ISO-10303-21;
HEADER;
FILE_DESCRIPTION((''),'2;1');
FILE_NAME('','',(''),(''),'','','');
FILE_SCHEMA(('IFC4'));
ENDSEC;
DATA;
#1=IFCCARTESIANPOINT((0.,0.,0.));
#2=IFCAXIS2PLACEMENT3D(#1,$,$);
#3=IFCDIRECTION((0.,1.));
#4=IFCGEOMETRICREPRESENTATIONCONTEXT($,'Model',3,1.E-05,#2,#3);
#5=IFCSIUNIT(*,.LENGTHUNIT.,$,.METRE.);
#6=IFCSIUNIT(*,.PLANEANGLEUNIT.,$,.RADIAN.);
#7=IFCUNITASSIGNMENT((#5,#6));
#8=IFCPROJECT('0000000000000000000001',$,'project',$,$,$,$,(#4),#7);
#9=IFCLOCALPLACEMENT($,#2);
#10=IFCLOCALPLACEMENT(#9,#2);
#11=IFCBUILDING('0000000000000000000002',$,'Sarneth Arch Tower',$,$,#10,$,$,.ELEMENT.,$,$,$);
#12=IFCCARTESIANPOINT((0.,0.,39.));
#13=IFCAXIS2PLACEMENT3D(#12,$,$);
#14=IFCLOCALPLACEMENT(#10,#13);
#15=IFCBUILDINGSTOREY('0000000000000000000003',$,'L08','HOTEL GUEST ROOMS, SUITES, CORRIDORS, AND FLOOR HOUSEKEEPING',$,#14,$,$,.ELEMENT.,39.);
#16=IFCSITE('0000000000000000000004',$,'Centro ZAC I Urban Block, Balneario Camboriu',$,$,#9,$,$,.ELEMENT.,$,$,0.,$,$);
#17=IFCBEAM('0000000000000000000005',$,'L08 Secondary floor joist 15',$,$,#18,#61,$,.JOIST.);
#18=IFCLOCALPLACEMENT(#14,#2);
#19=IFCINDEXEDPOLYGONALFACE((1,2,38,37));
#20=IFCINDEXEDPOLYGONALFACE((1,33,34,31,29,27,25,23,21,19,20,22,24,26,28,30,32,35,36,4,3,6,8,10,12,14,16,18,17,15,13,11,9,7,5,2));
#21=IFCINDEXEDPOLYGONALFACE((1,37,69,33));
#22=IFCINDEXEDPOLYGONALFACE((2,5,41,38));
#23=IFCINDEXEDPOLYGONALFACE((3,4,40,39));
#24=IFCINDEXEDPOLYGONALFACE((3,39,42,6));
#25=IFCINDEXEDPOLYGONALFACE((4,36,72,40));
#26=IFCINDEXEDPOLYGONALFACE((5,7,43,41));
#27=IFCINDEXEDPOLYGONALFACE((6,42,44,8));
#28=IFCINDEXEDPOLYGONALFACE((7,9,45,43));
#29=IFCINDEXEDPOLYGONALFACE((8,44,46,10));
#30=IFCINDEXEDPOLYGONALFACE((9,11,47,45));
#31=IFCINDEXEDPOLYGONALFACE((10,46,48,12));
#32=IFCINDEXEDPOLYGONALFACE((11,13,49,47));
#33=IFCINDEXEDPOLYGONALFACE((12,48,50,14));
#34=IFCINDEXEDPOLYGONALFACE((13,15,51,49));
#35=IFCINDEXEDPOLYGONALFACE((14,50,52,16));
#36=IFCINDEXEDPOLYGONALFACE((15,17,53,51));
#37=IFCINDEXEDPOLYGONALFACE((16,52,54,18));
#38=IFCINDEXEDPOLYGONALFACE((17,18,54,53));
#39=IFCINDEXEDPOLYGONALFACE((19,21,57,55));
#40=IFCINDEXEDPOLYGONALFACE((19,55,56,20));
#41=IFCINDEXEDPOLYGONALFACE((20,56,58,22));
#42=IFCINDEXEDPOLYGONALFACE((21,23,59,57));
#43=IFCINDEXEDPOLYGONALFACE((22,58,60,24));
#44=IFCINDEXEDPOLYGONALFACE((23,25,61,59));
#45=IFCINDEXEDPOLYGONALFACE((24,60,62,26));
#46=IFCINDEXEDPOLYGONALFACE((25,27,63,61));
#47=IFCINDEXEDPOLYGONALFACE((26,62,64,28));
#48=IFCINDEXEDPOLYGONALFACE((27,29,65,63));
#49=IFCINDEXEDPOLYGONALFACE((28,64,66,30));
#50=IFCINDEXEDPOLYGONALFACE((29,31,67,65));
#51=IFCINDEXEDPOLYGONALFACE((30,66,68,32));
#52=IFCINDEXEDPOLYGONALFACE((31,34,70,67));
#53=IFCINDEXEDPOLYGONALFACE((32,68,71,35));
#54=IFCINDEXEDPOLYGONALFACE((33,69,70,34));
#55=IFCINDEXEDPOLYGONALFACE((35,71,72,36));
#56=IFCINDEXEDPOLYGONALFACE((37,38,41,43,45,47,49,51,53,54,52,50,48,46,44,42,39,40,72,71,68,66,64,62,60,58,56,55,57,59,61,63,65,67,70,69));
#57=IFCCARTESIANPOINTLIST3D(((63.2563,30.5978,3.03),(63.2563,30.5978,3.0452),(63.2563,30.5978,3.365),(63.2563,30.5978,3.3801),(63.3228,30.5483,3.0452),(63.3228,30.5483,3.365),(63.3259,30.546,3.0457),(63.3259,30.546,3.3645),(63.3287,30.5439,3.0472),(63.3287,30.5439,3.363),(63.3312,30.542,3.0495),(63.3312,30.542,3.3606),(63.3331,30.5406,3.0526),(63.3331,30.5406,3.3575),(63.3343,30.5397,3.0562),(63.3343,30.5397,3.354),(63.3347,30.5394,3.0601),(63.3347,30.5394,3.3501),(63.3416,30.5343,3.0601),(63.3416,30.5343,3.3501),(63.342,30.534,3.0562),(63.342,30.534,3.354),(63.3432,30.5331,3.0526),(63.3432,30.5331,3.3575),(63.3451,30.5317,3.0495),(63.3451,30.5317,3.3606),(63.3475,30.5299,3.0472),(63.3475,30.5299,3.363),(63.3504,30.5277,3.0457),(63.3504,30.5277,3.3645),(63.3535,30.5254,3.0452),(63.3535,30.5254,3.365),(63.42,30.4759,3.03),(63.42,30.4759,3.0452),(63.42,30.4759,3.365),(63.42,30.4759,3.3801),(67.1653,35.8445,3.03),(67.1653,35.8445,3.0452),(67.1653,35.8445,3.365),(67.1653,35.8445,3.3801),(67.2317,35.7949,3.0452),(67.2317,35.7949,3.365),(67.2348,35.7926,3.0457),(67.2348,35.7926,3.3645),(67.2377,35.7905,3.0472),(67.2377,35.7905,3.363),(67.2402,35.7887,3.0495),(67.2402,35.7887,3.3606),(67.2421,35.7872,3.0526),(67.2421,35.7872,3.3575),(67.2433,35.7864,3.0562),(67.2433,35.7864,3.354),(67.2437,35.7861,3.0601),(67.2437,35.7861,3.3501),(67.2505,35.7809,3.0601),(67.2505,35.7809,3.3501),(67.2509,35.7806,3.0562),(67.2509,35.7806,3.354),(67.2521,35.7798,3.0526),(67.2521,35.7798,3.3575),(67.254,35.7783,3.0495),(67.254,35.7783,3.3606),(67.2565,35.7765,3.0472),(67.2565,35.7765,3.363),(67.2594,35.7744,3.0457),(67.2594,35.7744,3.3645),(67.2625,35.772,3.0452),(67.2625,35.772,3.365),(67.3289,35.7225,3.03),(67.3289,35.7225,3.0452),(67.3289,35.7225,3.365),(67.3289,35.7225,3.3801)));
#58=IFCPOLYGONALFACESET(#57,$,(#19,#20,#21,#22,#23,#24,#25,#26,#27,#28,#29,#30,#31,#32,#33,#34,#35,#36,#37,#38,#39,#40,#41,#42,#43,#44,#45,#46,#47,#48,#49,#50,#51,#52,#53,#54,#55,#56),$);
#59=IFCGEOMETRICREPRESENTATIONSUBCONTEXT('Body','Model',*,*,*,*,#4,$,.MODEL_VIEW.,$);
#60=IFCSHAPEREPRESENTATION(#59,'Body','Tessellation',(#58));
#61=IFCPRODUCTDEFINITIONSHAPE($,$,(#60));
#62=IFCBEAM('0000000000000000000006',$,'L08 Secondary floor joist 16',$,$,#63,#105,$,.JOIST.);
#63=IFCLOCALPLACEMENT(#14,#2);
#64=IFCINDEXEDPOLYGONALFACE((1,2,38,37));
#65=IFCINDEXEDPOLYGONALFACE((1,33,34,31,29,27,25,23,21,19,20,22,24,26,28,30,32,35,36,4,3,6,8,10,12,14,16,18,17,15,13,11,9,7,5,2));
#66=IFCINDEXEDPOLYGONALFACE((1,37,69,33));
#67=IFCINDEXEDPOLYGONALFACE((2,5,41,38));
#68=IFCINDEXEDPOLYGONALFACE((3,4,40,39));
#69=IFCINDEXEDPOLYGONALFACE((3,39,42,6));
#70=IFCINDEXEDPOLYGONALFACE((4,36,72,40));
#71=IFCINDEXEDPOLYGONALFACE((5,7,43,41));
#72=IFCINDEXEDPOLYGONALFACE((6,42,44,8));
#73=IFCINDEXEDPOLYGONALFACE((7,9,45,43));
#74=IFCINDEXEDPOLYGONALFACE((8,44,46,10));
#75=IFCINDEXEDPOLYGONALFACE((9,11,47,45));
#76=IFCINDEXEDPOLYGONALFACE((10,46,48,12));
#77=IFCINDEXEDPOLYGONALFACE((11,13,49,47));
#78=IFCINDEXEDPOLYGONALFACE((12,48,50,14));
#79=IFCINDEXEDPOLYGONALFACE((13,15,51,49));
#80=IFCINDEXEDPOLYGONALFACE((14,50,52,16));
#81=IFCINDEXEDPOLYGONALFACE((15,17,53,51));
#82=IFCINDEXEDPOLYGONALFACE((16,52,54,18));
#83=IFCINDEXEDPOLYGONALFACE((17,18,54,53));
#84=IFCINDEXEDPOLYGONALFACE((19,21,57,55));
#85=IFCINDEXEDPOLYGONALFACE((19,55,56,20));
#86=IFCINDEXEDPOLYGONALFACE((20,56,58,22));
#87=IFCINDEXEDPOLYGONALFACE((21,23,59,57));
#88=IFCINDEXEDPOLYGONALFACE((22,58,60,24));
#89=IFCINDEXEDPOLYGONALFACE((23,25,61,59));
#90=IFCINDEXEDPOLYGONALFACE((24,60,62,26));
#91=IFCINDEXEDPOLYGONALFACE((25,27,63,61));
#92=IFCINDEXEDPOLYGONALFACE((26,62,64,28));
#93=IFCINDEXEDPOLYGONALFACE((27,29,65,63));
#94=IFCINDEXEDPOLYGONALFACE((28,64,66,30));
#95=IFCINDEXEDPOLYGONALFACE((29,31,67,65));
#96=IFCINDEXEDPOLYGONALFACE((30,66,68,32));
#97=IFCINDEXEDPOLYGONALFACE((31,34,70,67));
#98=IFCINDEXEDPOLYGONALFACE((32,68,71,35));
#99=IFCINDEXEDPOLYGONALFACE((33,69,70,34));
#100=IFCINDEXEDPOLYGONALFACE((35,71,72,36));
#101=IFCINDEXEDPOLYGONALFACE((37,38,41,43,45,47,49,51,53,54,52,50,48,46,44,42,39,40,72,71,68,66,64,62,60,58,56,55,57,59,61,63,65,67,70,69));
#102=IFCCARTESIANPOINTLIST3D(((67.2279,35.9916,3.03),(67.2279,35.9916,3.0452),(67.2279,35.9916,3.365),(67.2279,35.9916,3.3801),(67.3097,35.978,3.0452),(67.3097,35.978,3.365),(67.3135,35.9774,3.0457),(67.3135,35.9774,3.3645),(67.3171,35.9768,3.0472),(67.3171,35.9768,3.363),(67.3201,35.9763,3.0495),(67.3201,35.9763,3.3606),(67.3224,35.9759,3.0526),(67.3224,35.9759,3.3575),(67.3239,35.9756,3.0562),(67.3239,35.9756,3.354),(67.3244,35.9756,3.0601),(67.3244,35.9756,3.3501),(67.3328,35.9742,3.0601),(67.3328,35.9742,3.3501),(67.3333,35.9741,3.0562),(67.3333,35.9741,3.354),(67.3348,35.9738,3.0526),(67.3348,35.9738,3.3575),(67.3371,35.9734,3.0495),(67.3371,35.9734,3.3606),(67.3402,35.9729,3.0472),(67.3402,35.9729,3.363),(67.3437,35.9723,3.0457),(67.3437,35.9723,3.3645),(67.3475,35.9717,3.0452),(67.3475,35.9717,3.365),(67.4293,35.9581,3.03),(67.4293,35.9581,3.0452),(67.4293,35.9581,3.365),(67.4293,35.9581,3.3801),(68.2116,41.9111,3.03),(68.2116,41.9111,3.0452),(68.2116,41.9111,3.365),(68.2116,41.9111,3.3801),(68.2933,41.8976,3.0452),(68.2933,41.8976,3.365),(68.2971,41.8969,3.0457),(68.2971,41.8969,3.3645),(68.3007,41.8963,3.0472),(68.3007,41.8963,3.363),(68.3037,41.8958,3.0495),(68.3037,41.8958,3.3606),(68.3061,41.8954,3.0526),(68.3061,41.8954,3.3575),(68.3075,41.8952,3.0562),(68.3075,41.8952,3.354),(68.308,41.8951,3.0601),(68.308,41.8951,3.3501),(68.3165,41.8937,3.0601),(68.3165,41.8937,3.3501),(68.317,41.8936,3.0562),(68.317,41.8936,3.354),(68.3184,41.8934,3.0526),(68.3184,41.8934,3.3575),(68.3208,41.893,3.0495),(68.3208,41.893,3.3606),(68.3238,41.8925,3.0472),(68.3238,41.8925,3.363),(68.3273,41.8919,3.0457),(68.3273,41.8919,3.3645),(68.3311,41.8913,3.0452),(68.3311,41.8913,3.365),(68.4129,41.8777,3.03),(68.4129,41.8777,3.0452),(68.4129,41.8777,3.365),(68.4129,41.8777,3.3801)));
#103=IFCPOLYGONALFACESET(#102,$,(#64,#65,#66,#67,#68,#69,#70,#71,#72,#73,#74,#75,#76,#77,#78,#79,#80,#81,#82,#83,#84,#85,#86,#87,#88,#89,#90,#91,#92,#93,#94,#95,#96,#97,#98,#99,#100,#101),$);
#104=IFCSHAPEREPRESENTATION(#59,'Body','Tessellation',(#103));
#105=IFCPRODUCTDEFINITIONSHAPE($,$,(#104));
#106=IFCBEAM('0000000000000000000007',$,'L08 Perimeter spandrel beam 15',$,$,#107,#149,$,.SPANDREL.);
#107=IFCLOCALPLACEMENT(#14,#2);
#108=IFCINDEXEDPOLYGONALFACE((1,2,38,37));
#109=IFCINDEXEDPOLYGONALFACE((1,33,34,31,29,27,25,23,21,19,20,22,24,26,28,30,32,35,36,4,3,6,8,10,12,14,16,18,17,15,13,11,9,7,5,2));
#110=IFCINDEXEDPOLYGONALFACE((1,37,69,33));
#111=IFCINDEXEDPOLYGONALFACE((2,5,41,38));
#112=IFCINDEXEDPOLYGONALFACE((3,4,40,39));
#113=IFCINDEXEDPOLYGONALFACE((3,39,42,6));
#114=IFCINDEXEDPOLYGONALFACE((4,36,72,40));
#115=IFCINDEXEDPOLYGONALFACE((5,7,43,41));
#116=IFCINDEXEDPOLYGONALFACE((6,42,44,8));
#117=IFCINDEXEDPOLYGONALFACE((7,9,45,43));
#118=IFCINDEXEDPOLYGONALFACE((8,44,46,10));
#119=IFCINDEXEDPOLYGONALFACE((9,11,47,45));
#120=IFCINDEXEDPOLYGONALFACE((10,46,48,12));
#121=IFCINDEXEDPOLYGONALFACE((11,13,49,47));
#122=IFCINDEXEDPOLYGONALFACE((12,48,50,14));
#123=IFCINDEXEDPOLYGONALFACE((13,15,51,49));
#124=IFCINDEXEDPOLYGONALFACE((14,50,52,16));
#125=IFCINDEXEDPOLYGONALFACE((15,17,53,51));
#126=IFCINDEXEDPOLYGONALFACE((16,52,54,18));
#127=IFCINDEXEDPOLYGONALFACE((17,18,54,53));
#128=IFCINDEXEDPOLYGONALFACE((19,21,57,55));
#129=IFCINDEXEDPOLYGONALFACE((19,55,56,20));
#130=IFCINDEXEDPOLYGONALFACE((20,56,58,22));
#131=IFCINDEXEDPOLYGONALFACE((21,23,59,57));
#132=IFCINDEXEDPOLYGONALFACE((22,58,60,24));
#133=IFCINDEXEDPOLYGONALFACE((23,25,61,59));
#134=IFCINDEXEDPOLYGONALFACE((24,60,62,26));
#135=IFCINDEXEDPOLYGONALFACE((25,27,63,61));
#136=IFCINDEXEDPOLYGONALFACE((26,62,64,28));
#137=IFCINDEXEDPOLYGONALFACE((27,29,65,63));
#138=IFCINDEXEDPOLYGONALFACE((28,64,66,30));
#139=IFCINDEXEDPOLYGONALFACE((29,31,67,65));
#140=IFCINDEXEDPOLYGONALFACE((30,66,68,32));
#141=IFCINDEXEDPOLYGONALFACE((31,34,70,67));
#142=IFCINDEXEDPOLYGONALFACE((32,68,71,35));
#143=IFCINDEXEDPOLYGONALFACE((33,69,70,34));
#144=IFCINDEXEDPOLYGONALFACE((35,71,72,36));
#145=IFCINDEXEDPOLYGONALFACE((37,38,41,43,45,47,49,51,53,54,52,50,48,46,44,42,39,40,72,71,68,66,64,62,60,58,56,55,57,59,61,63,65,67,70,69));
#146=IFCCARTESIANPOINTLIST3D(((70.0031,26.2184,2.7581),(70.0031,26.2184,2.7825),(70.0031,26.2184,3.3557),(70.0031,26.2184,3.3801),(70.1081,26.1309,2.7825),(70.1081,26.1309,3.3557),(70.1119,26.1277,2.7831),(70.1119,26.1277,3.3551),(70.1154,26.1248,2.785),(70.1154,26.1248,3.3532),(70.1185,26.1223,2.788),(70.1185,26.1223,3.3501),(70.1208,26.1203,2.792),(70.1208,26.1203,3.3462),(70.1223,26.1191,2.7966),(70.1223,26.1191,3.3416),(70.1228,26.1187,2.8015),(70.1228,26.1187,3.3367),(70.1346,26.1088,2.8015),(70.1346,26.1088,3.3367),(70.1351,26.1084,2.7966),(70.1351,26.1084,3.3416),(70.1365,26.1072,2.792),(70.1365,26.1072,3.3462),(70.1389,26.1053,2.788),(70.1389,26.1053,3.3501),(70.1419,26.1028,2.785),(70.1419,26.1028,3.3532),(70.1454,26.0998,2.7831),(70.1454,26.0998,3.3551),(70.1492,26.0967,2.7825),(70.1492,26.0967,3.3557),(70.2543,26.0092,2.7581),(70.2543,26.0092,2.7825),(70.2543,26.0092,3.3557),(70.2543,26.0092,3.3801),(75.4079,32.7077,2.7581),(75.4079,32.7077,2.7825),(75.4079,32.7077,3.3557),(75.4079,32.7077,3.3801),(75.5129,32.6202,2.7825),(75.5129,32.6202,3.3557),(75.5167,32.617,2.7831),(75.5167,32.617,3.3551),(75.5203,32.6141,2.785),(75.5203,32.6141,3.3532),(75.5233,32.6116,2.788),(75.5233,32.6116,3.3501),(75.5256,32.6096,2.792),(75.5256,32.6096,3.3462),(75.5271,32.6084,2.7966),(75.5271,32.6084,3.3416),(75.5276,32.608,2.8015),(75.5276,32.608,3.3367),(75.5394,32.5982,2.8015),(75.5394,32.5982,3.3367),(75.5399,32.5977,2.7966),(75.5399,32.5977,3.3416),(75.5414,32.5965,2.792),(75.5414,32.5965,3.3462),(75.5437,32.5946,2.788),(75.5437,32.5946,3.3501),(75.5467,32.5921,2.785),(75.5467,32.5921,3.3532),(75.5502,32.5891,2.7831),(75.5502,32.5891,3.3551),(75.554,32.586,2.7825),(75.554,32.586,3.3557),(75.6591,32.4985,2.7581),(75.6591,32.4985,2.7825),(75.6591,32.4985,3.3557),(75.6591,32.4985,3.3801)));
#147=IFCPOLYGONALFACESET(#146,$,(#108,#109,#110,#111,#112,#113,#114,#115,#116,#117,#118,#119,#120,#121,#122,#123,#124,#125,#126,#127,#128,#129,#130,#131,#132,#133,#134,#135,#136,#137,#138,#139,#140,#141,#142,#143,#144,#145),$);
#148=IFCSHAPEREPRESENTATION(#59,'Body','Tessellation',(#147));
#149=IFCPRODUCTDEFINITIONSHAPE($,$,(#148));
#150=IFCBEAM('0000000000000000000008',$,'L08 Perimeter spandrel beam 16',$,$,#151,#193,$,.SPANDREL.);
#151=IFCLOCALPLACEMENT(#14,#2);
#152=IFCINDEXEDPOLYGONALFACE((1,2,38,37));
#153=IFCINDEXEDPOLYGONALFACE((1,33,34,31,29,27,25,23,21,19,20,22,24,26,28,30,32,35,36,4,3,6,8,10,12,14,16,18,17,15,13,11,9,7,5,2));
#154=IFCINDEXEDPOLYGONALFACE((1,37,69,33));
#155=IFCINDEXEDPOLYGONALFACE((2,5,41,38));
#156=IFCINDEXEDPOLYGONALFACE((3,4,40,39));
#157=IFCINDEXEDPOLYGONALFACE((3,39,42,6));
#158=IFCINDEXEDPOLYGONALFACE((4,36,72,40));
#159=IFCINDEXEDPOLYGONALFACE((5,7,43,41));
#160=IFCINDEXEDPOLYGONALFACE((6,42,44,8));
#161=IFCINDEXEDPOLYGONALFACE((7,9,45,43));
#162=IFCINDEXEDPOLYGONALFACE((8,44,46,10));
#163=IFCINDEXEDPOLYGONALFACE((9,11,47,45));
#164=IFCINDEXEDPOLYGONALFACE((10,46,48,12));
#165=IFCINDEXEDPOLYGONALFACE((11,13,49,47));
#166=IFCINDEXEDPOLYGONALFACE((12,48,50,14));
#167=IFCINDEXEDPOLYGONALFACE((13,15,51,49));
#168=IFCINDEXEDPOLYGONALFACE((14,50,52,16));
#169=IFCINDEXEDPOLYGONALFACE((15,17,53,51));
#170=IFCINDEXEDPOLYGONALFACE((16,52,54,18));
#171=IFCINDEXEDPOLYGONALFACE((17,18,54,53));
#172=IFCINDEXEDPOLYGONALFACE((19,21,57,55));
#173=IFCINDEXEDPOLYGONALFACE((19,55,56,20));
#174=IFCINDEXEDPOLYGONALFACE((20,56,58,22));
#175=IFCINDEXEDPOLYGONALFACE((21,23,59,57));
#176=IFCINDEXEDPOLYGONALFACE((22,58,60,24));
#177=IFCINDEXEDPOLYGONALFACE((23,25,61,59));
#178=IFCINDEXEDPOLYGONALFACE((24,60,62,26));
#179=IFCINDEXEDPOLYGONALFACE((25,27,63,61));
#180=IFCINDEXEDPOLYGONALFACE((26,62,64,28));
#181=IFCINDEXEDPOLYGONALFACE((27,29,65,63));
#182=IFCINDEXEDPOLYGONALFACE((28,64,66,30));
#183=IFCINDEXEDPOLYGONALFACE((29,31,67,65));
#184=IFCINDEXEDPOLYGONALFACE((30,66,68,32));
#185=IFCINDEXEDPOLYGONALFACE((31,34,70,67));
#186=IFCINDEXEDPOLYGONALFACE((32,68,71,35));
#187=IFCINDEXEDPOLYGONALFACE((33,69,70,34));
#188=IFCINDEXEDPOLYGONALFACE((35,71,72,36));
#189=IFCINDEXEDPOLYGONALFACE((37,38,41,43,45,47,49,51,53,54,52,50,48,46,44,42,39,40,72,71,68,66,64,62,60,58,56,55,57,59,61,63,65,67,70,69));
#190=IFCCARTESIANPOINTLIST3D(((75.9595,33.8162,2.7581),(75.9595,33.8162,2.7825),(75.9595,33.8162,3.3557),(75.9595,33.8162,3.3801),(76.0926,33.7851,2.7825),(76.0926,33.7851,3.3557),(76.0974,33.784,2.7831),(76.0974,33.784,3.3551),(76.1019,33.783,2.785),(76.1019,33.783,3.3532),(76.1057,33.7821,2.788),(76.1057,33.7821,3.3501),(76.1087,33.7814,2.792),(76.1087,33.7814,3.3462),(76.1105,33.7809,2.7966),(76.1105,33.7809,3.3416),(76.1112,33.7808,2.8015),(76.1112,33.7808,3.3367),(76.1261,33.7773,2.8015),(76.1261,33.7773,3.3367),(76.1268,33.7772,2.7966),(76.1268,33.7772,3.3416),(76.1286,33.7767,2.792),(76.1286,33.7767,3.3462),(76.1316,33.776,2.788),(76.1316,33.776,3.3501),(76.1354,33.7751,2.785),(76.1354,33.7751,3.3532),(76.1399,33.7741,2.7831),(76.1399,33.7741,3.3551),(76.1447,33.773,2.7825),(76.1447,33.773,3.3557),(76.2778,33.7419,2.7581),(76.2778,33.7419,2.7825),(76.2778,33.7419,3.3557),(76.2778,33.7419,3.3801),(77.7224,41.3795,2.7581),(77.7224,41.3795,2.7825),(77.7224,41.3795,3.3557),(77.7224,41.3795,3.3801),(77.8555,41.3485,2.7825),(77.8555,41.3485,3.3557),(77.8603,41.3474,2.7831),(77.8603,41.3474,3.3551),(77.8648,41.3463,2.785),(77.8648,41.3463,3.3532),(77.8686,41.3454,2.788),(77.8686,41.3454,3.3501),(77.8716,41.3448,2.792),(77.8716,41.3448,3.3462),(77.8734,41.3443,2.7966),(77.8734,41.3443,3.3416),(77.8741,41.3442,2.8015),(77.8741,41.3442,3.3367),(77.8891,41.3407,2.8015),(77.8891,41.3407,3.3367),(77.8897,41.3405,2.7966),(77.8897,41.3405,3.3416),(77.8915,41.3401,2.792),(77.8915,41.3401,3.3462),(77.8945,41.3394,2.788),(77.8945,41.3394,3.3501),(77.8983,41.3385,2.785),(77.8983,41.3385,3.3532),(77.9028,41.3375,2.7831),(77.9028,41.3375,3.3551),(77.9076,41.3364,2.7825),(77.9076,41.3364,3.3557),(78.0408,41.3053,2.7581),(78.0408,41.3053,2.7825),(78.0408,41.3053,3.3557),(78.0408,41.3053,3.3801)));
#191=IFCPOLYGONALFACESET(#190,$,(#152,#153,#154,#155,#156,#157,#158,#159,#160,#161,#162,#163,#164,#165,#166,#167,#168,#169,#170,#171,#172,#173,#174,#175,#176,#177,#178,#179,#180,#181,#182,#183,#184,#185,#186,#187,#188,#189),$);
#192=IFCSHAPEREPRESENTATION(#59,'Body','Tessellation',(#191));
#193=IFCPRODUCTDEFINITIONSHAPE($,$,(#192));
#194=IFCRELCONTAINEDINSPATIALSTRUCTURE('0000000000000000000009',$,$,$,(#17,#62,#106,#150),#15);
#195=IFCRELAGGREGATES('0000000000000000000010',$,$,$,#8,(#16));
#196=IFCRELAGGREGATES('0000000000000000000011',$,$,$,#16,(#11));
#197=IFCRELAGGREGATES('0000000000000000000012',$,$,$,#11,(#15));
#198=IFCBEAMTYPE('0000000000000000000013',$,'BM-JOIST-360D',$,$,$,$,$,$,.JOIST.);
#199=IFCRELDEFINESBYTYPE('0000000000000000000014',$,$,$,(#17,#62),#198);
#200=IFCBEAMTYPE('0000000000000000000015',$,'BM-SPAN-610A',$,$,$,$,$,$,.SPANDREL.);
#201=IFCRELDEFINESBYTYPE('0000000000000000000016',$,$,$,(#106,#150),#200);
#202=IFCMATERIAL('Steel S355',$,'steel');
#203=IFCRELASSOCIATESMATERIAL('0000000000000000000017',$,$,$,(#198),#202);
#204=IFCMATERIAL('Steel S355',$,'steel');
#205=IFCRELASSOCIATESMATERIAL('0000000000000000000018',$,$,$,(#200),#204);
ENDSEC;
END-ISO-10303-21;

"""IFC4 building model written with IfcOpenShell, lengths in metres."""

from ifc_helpers import new_model, si_unit, direction, frame, origin, origin_2d, place, context, subcontext, project, spatial, i_section, extrude, material, material_profile, profile_set, type_object, element, save


model = new_model("IFC4")

# Units and contexts
model_context = context("Model", 3, precision=1e-05, world=origin(), true_north=direction((0.0, 1.0)))
body_context = subcontext(model_context, "Body", "Model", "MODEL_VIEW")
ifc_project = project(units=[si_unit("LENGTHUNIT", "METRE"), si_unit("PLANEANGLEUNIT", "RADIAN")], contexts=[model_context])

# Site, building, storey
site_placement = place(None, origin())
site = spatial("IfcSite", under=ifc_project, at=site_placement, Name="Centro ZAC I Urban Block, Balneario Camboriu", CompositionType="ELEMENT", RefElevation=0.0)
building_placement = place(site_placement, origin())
building = spatial("IfcBuilding", under=site, at=building_placement, Name="Sarneth Arch Tower", CompositionType="ELEMENT")
storey_placement = place(building_placement, frame((0.0, 0.0, 39.0)))
storey = spatial("IfcBuildingStorey", under=building, at=storey_placement, Name="L08", Description="HOTEL GUEST ROOMS, SUITES, CORRIDORS, AND FLOOR HOUSEKEEPING", CompositionType="ELEMENT", Elevation=39.0)

# Beams
ifc_material_1 = material(Name="Steel S355", Category="steel")
ifc_material_profile_1 = material_profile(ifc_material_1, i_section(OverallWidth=0.2041, OverallDepth=0.3501, WebThickness=0.0085, FlangeThickness=0.0151, FilletRadius=0.0149, at=origin_2d()), Name="W360x72")
ifc_profile_set_1 = profile_set([ifc_material_profile_1], Name="Steel S355")
beam_type_1 = type_object("IfcBeamType", Name="BM-JOIST-360D", PredefinedType="JOIST", material=ifc_profile_set_1)
beam_1_placement = place(storey_placement, frame((63.3381, 30.5369, 3.2051), z_axis=(0.597454, 0.801904, 0.0), x_axis=(-0.801904, 0.597454, 0.0)))
element("IfcBeam", 1, at=beam_1_placement, inside=storey, type_object=beam_type_1, Name="L08 Secondary floor joist 15", PredefinedType="JOIST", context=body_context, shape_type="SweptSolid", body=[
    extrude(i_section(OverallWidth=0.2041, OverallDepth=0.3501, WebThickness=0.0085, FlangeThickness=0.0151, FilletRadius=0.0149, at=origin_2d()), origin(), (0.0, 0.0, 1.0), 6.5427),
])
beam_2_placement = place(storey_placement, frame((67.3286, 35.9749, 3.2051), z_axis=(0.163917, 0.986474, 0.0), x_axis=(-0.986474, 0.163917, 0.0)))
element("IfcBeam", 2, at=beam_2_placement, inside=storey, type_object=beam_type_1, Name="L08 Secondary floor joist 16", PredefinedType="JOIST", context=body_context, shape_type="SweptSolid", body=[
    extrude(i_section(OverallWidth=0.2041, OverallDepth=0.3501, WebThickness=0.0085, FlangeThickness=0.0151, FilletRadius=0.0149, at=origin_2d()), origin(), (0.0, 0.0, 1.0), 6.0007),
])
ifc_material_2 = material(Name="Steel S355", Category="steel")
ifc_material_profile_2 = material_profile(ifc_material_2, i_section(OverallWidth=0.3269, OverallDepth=0.6221, WebThickness=0.0154, FlangeThickness=0.0244, FilletRadius=0.019, at=origin_2d()), Name="W610x195")
ifc_profile_set_2 = profile_set([ifc_material_profile_2], Name="Steel S355")
beam_type_2 = type_object("IfcBeamType", Name="BM-SPAN-610A", PredefinedType="SPANDREL", material=ifc_profile_set_2)
beam_3_placement = place(storey_placement, frame((70.1287, 26.1138, 3.0691), z_axis=(0.63998, 0.768392, 0.0), x_axis=(-0.768392, 0.63998, 0.0)))
element("IfcBeam", 3, at=beam_3_placement, inside=storey, type_object=beam_type_2, Name="L08 Perimeter spandrel beam 15", PredefinedType="SPANDREL", context=body_context, shape_type="SweptSolid", body=[
    extrude(i_section(OverallWidth=0.3269, OverallDepth=0.6221, WebThickness=0.0154, FlangeThickness=0.0244, FilletRadius=0.019, at=origin_2d()), origin(), (0.0, 0.0, 1.0), 8.4453),
])
beam_4_placement = place(storey_placement, frame((76.1187, 33.7791, 3.0691), z_axis=(0.227001, 0.973895, 0.0), x_axis=(-0.973895, 0.227001, 0.0)))
element("IfcBeam", 4, at=beam_4_placement, inside=storey, type_object=beam_type_2, Name="L08 Perimeter spandrel beam 16", PredefinedType="SPANDREL", context=body_context, shape_type="SweptSolid", body=[
    extrude(i_section(OverallWidth=0.3269, OverallDepth=0.6221, WebThickness=0.0154, FlangeThickness=0.0244, FilletRadius=0.019, at=origin_2d()), origin(), (0.0, 0.0, 1.0), 7.7661),
])

save(model, "model.ifc")
